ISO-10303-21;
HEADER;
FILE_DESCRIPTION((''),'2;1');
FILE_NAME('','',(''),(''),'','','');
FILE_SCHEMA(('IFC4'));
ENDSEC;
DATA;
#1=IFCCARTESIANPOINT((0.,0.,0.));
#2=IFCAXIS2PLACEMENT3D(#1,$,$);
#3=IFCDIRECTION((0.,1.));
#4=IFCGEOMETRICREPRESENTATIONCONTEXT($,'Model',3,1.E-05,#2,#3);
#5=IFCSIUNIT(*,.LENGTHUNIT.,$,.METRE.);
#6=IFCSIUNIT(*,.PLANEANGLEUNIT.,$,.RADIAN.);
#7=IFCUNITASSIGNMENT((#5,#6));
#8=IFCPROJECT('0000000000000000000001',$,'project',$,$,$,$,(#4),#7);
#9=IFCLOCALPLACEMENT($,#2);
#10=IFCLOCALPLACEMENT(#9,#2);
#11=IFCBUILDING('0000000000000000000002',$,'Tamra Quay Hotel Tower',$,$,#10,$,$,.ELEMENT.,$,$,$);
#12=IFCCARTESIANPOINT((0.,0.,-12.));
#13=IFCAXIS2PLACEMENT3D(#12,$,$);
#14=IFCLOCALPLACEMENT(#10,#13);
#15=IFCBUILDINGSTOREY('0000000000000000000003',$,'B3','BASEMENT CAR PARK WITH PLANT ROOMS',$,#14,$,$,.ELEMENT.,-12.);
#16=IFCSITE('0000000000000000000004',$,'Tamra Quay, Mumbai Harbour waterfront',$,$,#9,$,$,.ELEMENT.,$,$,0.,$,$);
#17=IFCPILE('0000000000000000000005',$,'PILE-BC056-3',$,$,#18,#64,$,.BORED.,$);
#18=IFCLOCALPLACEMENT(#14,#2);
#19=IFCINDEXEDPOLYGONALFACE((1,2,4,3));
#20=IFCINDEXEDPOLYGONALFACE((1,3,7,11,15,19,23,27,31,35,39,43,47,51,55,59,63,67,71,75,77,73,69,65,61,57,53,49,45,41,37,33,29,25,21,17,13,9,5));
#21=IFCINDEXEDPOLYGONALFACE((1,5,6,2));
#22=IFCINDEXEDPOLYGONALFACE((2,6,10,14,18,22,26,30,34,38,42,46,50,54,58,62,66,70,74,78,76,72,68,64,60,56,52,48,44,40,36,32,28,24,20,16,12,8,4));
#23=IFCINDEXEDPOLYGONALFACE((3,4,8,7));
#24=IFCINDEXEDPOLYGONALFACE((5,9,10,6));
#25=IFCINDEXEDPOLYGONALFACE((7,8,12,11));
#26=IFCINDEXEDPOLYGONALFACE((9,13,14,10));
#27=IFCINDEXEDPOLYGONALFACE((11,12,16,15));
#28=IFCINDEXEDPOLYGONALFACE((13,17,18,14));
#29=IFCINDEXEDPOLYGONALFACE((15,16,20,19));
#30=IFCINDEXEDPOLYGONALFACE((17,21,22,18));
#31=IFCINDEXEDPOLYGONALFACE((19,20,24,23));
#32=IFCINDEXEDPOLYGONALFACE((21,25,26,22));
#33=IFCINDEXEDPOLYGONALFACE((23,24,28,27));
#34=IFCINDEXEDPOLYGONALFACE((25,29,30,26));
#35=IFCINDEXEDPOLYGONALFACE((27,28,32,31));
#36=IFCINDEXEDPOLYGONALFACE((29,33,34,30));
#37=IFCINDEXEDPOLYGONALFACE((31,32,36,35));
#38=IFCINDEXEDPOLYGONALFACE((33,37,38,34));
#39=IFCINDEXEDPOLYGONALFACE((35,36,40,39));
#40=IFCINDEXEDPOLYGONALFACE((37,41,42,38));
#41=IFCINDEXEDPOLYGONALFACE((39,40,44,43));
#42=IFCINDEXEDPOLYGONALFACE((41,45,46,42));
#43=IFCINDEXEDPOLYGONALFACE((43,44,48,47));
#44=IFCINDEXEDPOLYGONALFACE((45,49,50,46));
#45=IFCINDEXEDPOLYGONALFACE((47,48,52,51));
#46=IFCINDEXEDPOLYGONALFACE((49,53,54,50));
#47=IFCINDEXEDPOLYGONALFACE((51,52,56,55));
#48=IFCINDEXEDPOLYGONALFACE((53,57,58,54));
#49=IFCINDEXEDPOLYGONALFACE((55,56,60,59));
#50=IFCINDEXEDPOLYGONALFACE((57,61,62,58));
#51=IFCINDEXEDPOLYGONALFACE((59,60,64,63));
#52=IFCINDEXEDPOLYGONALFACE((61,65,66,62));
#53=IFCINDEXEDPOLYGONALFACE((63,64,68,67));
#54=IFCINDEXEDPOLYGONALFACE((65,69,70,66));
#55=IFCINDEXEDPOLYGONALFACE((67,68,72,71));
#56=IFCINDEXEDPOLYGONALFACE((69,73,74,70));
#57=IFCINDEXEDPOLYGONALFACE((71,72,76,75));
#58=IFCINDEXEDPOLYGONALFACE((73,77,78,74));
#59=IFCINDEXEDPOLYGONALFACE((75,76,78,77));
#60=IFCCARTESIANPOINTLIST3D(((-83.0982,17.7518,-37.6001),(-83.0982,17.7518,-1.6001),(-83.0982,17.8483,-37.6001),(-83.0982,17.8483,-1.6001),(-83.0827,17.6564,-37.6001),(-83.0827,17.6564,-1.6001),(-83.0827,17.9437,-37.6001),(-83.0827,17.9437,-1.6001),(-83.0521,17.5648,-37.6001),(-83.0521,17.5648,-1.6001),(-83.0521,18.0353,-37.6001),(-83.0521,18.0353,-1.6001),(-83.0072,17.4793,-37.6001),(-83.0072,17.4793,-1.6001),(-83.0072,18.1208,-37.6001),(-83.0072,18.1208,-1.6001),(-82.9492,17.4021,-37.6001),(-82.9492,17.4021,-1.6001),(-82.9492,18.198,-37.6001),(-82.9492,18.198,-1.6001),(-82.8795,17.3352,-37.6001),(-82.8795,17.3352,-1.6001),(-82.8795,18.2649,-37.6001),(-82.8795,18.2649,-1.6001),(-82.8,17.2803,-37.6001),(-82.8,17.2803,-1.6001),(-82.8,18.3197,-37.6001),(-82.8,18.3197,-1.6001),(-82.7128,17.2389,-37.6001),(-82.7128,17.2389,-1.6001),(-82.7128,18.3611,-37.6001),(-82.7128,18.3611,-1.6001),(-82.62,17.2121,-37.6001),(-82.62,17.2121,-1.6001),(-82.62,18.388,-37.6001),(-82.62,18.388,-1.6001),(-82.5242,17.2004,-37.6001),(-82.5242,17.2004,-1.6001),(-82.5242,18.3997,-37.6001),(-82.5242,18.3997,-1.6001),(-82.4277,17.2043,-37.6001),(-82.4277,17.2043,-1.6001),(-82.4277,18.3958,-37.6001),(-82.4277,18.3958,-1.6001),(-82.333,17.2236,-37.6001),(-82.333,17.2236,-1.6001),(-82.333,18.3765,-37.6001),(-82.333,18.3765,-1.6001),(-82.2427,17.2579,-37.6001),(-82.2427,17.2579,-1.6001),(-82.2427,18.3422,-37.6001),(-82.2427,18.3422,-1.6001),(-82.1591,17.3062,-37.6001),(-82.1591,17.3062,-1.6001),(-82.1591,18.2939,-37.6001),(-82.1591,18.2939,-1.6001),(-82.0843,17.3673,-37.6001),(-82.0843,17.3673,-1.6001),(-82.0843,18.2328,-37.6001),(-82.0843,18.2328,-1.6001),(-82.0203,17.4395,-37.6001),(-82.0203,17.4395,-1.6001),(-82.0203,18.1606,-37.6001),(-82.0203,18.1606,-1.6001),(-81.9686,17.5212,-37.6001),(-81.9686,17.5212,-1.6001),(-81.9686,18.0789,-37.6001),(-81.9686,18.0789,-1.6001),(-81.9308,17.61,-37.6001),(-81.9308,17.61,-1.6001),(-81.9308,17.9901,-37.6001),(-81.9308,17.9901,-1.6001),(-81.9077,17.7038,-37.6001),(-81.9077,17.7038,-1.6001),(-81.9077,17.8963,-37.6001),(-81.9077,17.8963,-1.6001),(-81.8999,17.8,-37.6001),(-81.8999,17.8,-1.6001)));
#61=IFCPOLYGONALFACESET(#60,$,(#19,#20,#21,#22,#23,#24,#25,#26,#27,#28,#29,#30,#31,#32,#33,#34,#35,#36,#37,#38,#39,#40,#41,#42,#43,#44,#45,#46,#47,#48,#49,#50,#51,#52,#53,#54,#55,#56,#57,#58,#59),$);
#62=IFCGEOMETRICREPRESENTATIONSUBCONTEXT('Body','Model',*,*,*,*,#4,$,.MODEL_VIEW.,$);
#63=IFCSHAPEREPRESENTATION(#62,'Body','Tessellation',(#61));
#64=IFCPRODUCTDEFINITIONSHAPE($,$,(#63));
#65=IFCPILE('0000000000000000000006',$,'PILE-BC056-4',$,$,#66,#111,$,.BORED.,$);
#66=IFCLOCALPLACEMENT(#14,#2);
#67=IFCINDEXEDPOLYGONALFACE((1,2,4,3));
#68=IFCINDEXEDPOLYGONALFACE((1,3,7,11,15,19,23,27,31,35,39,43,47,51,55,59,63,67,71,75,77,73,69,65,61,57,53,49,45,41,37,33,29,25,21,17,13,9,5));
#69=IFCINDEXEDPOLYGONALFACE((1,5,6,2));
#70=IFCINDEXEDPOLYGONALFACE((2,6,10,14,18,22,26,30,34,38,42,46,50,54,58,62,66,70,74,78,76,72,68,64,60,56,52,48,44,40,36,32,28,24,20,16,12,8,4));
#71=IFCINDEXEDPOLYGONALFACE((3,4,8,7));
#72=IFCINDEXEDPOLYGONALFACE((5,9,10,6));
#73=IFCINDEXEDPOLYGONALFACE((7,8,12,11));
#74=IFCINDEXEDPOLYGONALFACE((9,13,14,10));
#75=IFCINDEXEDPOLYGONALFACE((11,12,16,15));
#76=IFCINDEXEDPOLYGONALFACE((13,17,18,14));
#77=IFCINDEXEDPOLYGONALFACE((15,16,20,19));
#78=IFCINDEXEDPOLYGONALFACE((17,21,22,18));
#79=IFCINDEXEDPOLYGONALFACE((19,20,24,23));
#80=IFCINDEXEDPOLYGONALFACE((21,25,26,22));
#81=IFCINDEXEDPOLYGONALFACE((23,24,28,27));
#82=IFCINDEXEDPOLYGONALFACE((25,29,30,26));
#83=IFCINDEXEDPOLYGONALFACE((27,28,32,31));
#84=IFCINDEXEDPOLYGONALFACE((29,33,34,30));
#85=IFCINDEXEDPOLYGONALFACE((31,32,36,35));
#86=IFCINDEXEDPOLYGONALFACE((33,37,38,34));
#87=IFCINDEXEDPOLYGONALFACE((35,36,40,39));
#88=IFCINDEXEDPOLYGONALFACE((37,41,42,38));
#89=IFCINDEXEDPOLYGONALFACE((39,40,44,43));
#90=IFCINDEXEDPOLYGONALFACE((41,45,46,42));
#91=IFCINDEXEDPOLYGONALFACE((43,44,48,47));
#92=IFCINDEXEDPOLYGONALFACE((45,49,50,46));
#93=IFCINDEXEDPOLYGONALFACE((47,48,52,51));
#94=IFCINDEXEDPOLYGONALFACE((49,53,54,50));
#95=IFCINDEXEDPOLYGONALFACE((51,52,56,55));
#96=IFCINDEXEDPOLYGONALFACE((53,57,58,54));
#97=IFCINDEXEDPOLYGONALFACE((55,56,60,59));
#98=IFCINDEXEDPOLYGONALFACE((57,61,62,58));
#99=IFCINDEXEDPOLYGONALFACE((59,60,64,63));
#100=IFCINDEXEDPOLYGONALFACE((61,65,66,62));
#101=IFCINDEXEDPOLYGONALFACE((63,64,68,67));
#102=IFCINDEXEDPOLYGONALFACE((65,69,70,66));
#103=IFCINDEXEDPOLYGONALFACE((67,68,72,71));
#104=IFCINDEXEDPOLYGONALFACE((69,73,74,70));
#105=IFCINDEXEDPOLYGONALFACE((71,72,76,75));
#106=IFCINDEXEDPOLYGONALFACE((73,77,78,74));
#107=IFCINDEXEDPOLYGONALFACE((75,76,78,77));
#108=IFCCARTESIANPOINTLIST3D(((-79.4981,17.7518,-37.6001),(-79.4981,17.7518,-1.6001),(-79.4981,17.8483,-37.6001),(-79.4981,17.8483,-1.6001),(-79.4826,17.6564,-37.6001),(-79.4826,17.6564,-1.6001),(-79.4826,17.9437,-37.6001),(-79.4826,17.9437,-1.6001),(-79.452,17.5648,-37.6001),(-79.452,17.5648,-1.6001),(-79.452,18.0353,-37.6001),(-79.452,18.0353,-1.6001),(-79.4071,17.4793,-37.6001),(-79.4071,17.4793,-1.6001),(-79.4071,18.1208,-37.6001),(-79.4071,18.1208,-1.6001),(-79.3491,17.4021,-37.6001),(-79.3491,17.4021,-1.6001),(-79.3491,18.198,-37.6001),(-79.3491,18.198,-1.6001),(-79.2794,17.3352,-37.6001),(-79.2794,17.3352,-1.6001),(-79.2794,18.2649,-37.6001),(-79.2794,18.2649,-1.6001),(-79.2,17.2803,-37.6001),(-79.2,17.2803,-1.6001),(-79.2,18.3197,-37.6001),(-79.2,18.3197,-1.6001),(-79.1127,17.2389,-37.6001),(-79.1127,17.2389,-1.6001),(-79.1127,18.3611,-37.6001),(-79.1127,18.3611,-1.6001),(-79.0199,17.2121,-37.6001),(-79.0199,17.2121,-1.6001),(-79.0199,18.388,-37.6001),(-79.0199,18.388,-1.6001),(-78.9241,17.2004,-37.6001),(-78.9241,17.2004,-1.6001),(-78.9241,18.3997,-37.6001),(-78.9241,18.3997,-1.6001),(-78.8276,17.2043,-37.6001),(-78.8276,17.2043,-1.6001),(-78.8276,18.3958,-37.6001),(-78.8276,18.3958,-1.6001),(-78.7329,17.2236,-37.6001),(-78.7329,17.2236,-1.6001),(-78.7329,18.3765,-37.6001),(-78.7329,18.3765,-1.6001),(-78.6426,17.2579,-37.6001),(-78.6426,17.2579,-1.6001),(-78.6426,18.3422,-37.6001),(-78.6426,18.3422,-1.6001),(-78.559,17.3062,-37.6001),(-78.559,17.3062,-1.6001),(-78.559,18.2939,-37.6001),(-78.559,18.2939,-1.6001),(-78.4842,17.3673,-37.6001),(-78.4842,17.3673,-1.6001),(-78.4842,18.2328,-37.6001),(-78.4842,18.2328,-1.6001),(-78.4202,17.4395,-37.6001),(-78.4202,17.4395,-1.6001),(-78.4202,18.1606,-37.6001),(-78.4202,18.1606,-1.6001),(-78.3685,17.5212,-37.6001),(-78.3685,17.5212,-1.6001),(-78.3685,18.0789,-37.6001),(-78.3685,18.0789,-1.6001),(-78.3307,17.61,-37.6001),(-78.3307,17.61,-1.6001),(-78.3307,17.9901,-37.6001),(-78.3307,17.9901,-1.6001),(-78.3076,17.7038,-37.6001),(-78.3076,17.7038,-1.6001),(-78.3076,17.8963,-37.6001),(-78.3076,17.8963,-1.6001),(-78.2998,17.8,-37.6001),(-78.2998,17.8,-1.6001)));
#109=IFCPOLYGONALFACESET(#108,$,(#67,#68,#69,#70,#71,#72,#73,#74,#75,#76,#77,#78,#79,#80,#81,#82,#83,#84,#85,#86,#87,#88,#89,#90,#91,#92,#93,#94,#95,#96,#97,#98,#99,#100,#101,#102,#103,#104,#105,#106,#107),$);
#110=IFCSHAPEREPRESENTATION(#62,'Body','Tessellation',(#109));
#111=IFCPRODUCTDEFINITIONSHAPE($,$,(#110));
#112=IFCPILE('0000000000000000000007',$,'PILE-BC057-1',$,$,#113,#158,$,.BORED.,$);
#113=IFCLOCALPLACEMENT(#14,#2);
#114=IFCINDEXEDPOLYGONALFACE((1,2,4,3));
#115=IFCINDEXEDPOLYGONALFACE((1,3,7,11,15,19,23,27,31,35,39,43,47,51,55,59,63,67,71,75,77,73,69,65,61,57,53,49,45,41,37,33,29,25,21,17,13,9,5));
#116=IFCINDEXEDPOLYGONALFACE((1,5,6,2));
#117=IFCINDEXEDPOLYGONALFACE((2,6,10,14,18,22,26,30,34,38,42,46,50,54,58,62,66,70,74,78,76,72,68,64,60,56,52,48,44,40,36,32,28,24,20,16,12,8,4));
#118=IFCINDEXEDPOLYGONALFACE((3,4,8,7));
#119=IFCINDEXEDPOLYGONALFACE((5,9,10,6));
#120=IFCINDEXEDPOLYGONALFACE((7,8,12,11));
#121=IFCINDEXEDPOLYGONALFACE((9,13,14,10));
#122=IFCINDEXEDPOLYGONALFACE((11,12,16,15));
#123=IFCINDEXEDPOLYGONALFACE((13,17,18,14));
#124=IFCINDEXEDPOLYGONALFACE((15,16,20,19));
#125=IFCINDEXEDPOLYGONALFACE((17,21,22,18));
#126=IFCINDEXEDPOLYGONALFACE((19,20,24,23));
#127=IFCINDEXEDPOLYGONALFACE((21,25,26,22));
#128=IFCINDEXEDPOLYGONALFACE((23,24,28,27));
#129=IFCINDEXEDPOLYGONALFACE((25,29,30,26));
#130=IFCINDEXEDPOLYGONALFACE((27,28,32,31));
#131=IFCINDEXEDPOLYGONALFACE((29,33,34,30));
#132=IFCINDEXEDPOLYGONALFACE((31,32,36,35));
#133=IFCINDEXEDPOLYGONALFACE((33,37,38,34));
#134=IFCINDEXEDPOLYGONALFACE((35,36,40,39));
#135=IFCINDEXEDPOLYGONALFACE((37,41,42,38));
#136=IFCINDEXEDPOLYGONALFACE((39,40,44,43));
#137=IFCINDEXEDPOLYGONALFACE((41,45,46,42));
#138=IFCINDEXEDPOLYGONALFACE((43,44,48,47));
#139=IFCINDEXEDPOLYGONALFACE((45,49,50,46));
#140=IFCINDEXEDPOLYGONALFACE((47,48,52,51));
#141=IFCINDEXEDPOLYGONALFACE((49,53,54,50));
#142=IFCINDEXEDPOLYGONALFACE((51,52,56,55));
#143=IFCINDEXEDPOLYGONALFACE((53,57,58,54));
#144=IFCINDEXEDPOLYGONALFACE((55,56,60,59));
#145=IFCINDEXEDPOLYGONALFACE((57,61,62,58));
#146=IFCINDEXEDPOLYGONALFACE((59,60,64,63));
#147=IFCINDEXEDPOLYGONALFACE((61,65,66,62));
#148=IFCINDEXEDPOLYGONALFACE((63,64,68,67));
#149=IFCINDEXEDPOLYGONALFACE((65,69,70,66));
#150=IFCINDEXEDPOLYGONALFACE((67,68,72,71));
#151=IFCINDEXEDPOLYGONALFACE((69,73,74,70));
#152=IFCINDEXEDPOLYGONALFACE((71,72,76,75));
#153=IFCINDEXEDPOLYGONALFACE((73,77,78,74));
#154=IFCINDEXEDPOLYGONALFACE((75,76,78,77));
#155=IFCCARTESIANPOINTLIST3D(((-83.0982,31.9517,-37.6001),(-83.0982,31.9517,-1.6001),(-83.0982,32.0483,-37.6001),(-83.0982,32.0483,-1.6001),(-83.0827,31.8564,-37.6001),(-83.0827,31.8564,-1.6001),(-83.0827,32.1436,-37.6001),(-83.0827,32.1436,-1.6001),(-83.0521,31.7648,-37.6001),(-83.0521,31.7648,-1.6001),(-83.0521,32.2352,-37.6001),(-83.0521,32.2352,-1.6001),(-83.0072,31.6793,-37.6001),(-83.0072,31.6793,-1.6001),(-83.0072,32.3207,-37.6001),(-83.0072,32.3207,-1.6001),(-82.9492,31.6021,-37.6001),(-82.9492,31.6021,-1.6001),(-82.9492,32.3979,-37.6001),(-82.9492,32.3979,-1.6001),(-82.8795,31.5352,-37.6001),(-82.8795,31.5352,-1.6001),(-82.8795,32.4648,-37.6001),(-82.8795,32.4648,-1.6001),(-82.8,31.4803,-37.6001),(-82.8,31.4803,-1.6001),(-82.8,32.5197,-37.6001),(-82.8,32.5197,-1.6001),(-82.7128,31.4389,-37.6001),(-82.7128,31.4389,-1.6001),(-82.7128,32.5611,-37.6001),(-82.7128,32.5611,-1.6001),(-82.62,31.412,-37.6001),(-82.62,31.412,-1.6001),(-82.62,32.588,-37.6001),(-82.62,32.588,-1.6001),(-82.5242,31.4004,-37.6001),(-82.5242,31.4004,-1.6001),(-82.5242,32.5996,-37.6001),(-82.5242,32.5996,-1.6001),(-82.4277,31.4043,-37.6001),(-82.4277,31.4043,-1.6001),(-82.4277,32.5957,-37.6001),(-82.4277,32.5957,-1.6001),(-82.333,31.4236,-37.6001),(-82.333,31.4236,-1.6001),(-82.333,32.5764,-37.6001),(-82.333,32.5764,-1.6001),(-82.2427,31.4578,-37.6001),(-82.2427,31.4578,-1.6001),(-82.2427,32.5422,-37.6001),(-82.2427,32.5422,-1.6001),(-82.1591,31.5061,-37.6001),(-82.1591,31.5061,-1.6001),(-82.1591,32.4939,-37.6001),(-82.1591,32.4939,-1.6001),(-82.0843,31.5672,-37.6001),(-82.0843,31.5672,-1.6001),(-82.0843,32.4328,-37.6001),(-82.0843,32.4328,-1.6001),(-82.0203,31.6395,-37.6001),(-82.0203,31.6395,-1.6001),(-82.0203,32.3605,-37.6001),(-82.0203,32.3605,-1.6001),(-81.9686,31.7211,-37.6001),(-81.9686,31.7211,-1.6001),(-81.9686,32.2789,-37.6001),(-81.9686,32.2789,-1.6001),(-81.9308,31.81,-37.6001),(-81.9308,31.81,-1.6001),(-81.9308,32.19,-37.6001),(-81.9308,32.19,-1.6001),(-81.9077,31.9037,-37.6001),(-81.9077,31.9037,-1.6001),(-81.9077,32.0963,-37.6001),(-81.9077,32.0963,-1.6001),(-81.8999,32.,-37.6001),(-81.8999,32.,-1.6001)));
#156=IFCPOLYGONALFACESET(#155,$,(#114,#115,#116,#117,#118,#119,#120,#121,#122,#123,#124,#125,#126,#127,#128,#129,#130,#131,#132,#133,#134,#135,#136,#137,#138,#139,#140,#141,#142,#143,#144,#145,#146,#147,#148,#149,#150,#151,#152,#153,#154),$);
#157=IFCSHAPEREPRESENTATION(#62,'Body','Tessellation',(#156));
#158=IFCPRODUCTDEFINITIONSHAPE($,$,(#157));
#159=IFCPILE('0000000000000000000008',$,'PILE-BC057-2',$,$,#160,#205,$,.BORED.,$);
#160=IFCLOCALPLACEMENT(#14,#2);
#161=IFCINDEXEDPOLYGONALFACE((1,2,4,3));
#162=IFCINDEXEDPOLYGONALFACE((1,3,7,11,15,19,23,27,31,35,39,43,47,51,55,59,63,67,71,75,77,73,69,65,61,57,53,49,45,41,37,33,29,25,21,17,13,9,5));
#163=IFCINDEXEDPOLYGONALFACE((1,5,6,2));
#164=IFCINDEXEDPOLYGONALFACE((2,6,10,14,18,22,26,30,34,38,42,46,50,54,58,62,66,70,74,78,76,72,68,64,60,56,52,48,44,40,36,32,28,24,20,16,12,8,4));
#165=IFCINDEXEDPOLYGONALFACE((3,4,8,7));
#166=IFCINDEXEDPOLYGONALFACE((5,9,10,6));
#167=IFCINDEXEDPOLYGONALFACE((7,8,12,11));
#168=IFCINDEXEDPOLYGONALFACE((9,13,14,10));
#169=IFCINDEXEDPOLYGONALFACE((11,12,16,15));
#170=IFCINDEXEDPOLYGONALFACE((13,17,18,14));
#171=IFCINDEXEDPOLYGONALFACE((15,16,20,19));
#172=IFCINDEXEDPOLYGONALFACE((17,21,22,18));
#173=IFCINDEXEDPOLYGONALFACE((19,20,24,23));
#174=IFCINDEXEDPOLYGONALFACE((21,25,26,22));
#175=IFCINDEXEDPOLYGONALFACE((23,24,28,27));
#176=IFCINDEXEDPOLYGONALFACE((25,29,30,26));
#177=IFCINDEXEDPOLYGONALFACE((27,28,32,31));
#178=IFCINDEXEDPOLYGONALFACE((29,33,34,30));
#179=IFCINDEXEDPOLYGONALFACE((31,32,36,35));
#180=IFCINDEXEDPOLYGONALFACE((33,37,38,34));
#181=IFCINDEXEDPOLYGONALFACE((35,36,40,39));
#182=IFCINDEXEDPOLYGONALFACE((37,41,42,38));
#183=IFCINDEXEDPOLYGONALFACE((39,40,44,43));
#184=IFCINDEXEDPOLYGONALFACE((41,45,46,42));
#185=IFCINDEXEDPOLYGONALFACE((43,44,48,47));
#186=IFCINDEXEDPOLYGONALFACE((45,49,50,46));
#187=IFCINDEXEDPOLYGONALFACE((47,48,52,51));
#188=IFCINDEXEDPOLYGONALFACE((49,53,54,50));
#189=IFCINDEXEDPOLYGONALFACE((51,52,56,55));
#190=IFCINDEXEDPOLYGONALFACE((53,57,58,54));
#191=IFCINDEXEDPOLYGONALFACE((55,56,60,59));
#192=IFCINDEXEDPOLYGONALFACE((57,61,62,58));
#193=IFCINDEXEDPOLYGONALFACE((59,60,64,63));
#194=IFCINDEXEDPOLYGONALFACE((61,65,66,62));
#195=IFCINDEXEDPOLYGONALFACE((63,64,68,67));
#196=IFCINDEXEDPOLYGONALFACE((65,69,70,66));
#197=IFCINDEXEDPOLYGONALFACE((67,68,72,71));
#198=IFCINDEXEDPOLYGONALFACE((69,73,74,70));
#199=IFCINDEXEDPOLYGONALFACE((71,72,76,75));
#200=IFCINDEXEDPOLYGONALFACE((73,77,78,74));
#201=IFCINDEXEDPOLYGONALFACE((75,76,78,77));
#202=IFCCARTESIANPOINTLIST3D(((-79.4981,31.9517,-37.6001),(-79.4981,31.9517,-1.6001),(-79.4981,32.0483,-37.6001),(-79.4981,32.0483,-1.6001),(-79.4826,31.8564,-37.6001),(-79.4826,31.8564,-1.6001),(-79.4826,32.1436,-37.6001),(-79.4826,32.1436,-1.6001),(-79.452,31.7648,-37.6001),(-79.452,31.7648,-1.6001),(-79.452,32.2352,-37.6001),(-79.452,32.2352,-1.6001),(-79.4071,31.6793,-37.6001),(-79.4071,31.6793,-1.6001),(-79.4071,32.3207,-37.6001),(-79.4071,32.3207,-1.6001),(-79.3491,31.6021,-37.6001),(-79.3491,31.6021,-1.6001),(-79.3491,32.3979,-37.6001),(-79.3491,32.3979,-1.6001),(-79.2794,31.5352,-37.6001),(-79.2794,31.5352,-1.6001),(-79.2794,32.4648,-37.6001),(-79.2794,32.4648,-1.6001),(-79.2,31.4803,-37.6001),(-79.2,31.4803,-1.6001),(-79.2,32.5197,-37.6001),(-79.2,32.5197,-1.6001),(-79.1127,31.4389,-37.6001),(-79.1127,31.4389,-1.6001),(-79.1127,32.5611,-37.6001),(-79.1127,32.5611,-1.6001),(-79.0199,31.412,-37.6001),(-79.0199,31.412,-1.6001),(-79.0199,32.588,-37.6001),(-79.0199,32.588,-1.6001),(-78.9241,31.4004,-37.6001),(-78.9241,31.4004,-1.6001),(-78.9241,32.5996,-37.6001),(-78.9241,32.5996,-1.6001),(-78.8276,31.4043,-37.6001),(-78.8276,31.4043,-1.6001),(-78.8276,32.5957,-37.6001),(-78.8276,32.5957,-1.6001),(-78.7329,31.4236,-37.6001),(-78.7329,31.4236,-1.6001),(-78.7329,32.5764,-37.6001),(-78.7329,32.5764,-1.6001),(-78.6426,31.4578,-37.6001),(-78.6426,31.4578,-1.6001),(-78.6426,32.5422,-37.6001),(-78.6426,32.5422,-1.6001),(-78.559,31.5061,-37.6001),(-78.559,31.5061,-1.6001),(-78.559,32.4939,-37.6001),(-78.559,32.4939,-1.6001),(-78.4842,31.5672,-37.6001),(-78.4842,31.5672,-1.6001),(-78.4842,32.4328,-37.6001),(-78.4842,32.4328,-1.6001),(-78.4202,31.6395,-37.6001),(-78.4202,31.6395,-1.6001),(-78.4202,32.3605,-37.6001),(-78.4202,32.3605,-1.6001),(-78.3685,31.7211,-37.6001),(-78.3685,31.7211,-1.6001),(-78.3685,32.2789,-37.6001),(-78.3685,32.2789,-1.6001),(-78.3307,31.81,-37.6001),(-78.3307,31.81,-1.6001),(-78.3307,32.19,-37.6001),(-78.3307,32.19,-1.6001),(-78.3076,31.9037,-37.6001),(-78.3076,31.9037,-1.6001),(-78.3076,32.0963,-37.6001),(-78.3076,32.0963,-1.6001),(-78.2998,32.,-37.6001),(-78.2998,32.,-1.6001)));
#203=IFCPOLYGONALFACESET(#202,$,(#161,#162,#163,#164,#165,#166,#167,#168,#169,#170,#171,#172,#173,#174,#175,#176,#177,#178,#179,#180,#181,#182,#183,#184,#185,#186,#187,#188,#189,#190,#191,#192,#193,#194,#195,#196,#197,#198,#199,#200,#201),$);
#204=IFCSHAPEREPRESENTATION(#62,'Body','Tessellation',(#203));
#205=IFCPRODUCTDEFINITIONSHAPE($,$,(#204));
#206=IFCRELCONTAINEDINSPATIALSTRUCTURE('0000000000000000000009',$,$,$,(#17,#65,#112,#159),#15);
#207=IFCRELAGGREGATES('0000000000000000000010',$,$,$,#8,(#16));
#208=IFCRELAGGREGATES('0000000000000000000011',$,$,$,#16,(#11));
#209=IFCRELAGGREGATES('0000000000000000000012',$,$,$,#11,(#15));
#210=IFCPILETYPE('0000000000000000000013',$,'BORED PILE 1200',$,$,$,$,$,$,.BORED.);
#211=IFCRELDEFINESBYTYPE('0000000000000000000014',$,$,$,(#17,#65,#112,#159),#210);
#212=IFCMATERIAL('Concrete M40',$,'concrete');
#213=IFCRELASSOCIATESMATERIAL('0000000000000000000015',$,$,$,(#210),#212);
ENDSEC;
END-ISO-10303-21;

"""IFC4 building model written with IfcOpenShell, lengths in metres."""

from ifc_helpers import new_model, si_unit, direction, frame, origin, origin_2d, place, context, subcontext, project, spatial, circle, extrude, material, material_profile, profile_set, type_object, element, save


model = new_model("IFC4")

# Units and contexts
model_context = context("Model", 3, precision=1e-05, world=origin(), true_north=direction((0.0, 1.0)))
body_context = subcontext(model_context, "Body", "Model", "MODEL_VIEW")
ifc_project = project(units=[si_unit("LENGTHUNIT", "METRE"), si_unit("PLANEANGLEUNIT", "RADIAN")], contexts=[model_context])

# Site, building, storey
site_placement = place(None, origin())
site = spatial("IfcSite", under=ifc_project, at=site_placement, Name="Tamra Quay, Mumbai Harbour waterfront", CompositionType="ELEMENT", RefElevation=0.0)
building_placement = place(site_placement, origin())
building = spatial("IfcBuilding", under=site, at=building_placement, Name="Tamra Quay Hotel Tower", CompositionType="ELEMENT")
storey_placement = place(building_placement, frame((0.0, 0.0, -12.0)))
storey = spatial("IfcBuildingStorey", under=building, at=storey_placement, Name="B3", Description="BASEMENT CAR PARK WITH PLANT ROOMS", CompositionType="ELEMENT", Elevation=-12.0)

# Piles
ifc_material_1 = material(Name="Concrete M40", Category="concrete")
ifc_material_profile_1 = material_profile(ifc_material_1, circle(Radius=0.6001, at=origin_2d()), Name="BORED PILE 1200")
ifc_profile_set_1 = profile_set([ifc_material_profile_1], Name="Concrete M40")
pile_type = type_object("IfcPileType", Name="BORED PILE 1200", PredefinedType="BORED", material=ifc_profile_set_1)
for number, where, z_axis, x_axis, name in (
    (1, (-82.5, 17.8, -1.6001), (0.0, 0.0, -1.0), (1.0, 0.0, 0.0), "PILE-BC056-3"),
    (2, (-78.8999, 17.8, -1.6001), (0.0, 0.0, -1.0), (1.0, 0.0, 0.0), "PILE-BC056-4"),
    (3, (-82.5, 32.0, -1.6001), (0.0, 0.0, -1.0), (1.0, 0.0, 0.0), "PILE-BC057-1"),
    (4, (-78.8999, 32.0, -1.6001), (0.0, 0.0, -1.0), (1.0, 0.0, 0.0), "PILE-BC057-2"),
):
    element("IfcPile", number, at=place(storey_placement, frame(where, z_axis=z_axis, x_axis=x_axis)), inside=storey, type_object=pile_type, Name=name, PredefinedType="BORED", context=body_context, shape_type="SweptSolid", body=[
        extrude(circle(Radius=0.6001, at=origin_2d()), origin(), (0.0, 0.0, 1.0), 36.0),
    ])

save(model, "model.ifc")
